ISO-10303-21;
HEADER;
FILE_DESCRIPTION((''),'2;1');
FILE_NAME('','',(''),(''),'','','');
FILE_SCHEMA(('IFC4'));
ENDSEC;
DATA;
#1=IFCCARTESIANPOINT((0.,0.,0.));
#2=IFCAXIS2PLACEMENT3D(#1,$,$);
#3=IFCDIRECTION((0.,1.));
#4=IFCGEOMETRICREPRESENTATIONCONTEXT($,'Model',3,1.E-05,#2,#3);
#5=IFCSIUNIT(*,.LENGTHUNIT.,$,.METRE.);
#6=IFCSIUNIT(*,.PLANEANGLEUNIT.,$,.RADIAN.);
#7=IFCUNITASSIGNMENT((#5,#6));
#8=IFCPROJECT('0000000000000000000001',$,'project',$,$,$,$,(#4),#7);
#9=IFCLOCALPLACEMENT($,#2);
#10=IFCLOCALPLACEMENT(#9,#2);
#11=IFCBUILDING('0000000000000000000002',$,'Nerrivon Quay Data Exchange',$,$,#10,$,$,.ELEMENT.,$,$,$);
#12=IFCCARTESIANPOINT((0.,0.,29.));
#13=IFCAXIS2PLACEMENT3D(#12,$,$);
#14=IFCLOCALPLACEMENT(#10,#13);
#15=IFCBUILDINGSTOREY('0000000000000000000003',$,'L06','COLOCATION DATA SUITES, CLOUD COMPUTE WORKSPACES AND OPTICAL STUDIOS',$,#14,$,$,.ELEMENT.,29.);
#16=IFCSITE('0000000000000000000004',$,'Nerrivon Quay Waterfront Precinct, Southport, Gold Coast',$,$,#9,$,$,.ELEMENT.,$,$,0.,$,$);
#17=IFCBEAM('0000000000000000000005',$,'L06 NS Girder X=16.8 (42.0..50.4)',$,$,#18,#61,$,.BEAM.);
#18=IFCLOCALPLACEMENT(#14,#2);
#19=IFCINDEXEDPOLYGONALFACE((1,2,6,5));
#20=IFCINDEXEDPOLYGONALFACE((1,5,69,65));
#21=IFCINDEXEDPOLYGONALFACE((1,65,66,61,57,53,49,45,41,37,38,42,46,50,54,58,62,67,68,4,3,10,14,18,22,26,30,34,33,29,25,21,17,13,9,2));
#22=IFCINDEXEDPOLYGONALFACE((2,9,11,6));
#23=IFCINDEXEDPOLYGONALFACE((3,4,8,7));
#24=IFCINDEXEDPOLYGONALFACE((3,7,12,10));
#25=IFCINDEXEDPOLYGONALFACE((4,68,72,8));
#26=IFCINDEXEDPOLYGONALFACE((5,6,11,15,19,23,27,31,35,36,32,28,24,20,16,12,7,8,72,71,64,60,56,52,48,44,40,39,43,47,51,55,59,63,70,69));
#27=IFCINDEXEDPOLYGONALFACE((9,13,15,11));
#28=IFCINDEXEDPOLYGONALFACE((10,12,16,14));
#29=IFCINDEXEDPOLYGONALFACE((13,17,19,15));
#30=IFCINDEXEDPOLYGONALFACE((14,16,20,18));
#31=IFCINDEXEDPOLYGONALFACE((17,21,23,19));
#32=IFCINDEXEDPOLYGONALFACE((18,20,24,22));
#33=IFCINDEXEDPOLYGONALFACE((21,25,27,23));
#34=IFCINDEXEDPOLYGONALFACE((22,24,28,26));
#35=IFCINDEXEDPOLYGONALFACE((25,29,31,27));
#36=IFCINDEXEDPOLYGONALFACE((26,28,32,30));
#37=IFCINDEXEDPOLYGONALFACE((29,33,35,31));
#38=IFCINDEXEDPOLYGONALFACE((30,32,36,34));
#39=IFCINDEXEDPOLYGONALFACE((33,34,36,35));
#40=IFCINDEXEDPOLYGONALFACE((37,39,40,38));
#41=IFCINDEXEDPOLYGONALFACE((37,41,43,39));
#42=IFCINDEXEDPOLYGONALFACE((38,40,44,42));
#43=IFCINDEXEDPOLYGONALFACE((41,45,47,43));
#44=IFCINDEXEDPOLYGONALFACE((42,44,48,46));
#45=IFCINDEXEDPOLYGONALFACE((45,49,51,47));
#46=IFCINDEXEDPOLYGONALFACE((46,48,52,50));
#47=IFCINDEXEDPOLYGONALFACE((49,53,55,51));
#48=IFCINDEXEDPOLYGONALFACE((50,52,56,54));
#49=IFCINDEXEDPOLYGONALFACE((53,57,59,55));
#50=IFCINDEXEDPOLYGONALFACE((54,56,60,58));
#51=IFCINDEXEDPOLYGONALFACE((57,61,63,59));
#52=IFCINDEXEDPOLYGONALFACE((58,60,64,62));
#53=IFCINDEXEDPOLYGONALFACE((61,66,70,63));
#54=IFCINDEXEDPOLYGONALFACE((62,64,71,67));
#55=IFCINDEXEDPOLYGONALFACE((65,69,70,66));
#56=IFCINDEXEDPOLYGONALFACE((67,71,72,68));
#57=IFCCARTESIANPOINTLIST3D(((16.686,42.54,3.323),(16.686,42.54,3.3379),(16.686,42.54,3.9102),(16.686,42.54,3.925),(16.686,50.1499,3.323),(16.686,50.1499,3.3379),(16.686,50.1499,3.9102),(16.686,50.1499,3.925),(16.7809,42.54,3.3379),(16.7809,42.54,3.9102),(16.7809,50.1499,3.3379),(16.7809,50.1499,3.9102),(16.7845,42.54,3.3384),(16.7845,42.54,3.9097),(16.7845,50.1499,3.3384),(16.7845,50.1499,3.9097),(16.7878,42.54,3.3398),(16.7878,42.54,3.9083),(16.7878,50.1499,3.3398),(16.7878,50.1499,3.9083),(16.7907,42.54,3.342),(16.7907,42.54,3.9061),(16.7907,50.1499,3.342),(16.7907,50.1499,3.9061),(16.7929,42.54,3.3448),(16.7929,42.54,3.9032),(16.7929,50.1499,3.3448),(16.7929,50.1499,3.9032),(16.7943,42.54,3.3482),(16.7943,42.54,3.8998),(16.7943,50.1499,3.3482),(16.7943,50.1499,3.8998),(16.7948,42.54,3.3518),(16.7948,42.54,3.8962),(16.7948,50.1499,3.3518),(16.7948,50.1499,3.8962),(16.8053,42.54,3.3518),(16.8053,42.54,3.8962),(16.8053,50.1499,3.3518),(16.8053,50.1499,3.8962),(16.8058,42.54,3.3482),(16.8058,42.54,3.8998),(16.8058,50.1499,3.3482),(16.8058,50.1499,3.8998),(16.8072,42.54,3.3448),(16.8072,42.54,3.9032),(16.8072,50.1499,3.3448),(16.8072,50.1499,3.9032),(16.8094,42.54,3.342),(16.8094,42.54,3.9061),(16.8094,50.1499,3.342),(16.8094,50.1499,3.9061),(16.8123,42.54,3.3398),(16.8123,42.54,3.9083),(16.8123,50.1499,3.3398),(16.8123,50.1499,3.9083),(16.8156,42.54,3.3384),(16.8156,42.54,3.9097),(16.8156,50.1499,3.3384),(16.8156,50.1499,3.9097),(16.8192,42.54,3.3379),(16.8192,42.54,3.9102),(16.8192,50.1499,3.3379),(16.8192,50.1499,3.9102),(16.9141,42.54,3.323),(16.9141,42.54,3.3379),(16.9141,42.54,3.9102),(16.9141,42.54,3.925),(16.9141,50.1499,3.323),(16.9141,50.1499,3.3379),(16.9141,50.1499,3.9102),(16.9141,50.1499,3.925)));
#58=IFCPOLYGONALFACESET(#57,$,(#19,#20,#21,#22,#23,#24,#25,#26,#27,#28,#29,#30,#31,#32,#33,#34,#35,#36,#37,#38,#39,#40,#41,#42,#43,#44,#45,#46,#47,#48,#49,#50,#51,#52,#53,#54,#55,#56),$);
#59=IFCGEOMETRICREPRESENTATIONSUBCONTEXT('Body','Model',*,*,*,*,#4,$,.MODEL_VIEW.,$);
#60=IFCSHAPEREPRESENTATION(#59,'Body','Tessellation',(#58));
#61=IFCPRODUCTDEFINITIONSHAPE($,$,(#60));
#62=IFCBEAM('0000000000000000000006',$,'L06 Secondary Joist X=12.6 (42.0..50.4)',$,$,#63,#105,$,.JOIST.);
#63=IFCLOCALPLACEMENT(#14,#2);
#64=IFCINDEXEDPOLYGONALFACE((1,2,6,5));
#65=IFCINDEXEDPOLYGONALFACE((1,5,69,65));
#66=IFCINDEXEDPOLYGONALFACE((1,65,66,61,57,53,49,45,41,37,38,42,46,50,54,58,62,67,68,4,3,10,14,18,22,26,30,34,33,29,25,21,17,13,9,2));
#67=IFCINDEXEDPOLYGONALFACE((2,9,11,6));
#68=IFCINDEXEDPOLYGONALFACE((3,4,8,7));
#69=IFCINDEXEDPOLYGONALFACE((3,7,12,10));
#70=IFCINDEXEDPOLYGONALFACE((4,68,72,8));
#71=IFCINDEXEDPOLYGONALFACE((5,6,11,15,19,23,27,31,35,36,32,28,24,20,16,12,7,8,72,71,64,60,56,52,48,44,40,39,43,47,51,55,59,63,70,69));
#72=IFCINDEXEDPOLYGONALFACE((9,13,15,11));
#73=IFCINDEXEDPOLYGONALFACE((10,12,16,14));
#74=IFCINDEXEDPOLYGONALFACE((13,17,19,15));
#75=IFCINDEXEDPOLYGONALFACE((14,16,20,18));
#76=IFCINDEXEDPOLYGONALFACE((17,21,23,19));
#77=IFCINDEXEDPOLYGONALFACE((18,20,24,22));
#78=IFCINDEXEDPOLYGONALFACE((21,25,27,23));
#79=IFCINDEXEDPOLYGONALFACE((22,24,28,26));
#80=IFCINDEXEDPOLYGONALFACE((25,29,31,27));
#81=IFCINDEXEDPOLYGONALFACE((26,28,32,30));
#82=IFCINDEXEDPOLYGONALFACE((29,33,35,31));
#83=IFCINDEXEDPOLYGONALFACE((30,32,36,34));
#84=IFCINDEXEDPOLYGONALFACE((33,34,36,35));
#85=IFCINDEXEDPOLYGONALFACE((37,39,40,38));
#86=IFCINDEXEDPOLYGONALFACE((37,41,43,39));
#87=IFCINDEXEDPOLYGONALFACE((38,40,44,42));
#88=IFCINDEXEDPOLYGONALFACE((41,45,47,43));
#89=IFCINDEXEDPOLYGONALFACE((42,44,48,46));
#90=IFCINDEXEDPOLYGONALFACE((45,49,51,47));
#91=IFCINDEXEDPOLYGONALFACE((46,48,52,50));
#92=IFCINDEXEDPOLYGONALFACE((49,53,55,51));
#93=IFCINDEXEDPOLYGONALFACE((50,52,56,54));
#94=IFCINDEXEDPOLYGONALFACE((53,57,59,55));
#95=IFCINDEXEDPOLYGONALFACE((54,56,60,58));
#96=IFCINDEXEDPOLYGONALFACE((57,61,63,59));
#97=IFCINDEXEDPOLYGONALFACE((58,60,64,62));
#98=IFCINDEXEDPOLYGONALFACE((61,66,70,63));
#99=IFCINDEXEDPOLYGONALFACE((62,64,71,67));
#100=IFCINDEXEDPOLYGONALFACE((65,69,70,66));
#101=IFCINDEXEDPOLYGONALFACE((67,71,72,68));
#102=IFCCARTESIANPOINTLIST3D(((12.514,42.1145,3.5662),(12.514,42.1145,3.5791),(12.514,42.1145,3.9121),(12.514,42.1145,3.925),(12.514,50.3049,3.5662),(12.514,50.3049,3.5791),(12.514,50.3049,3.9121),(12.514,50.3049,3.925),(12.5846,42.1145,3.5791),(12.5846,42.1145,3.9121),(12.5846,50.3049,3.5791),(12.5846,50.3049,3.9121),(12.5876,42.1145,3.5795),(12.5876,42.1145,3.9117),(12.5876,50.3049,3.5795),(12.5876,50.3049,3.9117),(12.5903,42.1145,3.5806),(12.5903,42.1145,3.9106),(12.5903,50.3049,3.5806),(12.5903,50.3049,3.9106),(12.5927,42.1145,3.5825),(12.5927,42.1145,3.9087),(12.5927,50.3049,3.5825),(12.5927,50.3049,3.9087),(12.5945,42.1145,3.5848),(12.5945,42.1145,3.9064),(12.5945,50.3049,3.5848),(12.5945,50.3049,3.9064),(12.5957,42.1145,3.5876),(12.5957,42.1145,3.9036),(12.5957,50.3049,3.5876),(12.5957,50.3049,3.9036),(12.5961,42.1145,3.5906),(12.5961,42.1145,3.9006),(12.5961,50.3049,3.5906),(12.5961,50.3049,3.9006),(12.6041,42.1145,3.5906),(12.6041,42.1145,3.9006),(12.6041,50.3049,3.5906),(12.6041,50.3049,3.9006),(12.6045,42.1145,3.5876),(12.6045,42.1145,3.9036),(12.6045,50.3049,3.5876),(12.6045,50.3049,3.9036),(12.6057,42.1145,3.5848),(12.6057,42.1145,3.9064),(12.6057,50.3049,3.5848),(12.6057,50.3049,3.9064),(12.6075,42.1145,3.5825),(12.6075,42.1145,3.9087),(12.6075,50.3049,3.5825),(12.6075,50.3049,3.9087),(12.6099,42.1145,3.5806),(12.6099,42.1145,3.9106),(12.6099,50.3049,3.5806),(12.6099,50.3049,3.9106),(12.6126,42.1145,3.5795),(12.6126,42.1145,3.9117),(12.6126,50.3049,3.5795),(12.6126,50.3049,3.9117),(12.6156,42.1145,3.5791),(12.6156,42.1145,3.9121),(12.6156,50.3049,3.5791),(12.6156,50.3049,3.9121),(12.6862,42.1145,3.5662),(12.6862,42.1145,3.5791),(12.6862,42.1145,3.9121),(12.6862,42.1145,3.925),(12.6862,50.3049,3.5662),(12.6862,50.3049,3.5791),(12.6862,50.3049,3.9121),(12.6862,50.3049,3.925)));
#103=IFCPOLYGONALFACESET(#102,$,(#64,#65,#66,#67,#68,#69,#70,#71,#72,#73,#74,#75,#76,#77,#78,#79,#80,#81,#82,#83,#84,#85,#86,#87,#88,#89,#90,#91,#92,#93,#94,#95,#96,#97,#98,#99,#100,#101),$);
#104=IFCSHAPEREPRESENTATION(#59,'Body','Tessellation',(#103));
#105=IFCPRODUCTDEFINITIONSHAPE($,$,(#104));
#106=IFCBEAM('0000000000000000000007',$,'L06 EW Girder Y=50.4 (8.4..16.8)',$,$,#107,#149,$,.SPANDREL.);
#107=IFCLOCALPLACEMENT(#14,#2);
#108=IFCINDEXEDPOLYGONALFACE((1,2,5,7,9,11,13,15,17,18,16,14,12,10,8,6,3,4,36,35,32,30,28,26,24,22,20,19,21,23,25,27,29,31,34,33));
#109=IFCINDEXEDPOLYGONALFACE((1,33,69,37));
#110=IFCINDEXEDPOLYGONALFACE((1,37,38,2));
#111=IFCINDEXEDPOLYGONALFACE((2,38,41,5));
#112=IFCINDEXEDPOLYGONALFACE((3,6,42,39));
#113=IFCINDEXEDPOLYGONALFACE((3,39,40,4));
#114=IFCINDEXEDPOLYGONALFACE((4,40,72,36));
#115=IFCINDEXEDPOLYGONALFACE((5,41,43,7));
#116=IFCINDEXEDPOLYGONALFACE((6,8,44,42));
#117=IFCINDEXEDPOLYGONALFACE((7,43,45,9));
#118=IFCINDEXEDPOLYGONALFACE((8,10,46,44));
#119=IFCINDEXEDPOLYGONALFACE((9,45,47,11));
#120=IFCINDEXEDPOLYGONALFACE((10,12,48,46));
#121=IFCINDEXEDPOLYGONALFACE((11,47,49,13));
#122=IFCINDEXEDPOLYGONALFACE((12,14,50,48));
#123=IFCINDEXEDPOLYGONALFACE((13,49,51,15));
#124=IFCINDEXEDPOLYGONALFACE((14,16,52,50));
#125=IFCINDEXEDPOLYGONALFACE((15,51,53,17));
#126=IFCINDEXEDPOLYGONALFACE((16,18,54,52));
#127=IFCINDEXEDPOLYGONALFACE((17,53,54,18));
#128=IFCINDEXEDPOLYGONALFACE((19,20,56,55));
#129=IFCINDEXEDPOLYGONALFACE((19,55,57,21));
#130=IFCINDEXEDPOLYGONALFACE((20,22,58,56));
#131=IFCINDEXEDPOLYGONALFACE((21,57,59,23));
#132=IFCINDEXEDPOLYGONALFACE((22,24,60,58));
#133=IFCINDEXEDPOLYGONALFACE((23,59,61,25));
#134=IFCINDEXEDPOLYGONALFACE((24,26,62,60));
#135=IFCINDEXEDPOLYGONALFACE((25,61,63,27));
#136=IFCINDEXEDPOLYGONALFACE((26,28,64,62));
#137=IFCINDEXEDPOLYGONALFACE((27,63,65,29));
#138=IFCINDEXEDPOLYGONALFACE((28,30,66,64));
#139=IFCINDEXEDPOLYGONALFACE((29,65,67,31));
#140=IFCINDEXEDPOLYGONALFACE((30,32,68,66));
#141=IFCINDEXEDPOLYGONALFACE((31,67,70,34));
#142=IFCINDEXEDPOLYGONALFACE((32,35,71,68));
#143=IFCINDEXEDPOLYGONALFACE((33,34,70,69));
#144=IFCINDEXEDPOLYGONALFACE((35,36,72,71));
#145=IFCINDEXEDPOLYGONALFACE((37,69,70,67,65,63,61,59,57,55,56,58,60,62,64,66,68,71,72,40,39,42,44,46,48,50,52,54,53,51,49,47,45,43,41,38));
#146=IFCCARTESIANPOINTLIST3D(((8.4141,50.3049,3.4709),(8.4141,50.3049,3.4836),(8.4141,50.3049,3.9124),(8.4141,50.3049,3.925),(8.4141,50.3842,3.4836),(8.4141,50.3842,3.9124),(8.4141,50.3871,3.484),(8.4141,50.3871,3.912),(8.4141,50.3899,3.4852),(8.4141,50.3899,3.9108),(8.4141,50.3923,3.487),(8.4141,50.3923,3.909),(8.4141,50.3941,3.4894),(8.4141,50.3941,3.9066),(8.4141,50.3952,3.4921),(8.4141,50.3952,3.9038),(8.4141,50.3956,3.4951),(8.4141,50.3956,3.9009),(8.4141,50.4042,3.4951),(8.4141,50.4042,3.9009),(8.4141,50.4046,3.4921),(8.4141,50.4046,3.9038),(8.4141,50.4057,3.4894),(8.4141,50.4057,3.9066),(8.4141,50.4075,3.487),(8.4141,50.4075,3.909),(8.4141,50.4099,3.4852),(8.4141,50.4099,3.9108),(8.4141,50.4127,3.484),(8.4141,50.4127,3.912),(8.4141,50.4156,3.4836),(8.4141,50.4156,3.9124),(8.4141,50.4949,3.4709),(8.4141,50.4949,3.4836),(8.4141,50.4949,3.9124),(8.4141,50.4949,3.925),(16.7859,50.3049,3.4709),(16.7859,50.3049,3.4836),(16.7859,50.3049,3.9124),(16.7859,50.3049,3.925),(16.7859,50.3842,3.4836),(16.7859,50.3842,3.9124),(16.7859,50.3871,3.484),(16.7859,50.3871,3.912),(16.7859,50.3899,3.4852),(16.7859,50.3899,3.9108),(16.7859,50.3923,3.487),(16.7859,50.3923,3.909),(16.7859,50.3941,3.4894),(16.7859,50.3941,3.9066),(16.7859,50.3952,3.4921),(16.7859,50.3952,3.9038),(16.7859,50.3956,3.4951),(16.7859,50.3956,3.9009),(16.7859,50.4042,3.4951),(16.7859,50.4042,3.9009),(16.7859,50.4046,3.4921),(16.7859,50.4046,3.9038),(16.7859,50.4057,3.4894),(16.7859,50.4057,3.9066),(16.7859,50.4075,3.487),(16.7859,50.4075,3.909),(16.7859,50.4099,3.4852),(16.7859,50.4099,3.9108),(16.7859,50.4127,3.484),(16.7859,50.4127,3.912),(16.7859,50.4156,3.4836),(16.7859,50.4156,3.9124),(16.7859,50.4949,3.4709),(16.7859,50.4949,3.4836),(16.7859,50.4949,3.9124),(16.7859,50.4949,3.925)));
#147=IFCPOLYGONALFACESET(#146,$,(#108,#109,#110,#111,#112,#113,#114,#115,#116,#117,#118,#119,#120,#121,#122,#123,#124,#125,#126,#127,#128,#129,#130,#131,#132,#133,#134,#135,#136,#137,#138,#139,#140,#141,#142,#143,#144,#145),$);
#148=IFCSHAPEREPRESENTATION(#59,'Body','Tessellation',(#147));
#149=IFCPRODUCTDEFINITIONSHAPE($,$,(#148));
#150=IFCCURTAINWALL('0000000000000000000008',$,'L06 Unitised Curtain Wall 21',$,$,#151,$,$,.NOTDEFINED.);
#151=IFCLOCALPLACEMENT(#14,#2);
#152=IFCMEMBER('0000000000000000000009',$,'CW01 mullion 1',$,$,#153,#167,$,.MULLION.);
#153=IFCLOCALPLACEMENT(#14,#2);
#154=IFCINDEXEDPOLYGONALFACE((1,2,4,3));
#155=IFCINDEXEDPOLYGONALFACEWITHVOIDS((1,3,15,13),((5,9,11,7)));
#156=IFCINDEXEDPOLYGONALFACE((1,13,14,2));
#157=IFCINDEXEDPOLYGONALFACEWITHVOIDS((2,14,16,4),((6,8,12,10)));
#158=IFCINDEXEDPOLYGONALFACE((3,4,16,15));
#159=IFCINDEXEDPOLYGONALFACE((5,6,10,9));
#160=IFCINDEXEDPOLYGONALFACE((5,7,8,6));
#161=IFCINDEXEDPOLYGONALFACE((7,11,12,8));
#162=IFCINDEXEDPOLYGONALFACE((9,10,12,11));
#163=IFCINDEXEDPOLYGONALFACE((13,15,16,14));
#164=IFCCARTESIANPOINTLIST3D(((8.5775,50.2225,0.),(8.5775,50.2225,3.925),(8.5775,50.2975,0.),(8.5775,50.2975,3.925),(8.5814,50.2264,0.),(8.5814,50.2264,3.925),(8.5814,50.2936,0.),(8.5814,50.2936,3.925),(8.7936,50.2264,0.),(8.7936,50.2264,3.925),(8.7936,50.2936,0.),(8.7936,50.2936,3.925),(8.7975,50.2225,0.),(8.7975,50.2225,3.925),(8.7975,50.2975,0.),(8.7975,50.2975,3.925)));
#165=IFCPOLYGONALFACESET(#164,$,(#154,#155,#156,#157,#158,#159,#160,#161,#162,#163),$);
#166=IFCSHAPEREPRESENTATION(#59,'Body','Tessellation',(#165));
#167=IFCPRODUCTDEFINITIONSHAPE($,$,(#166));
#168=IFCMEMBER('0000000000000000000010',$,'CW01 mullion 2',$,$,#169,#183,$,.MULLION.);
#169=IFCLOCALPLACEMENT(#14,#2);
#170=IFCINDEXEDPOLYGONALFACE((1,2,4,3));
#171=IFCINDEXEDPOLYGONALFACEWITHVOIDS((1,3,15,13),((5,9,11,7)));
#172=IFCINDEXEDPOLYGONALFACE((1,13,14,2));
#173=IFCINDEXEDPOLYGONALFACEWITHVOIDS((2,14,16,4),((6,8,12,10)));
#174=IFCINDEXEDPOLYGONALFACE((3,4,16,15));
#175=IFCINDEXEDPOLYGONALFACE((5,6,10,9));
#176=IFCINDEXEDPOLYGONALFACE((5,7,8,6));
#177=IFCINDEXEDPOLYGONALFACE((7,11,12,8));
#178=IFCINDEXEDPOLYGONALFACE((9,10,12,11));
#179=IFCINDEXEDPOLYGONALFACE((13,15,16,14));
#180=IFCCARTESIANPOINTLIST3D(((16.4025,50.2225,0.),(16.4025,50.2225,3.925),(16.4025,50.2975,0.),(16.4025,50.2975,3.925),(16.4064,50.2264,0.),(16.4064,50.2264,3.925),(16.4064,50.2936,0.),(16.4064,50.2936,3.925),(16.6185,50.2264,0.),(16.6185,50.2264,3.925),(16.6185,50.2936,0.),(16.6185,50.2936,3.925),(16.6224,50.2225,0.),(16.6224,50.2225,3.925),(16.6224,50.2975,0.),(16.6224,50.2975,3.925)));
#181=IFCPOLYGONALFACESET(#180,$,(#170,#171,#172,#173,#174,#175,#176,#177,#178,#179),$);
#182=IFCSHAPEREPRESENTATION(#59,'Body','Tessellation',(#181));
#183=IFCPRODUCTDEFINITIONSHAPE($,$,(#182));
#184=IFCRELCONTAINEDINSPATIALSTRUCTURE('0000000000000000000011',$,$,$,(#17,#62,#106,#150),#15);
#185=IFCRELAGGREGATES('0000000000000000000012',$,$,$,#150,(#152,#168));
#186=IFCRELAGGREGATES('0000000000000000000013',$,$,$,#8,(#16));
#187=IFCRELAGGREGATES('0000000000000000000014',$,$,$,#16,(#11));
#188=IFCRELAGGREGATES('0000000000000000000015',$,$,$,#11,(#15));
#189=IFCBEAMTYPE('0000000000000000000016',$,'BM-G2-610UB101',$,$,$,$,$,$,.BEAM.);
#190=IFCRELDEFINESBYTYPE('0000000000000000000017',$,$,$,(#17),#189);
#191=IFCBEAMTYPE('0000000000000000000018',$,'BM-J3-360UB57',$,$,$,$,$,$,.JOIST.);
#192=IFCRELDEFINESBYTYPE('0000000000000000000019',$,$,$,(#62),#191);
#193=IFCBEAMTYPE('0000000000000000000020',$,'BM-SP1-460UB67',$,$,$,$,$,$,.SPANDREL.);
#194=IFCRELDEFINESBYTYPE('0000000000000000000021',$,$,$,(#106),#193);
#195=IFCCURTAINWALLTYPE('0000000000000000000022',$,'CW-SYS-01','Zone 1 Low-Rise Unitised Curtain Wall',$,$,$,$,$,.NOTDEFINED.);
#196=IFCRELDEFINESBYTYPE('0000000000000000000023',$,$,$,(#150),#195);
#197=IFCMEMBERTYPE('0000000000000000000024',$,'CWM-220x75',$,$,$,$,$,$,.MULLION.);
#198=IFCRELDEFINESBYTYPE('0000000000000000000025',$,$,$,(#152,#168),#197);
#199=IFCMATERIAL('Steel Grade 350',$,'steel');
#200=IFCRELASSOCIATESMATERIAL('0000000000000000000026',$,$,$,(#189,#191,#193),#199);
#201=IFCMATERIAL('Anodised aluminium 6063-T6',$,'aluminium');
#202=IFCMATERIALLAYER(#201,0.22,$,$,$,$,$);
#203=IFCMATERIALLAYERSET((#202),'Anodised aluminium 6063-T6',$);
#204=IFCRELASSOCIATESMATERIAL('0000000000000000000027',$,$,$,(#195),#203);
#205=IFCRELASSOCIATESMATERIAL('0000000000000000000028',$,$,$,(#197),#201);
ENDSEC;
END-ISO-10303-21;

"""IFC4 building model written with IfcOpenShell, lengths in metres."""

from ifc_helpers import new_model, si_unit, direction, frame, origin, origin_2d, place, context, subcontext, project, spatial, hollow_rectangle, i_section, extrude, material, layer, layer_set, material_profile, profile_set, type_object, element, aggregate, save


model = new_model("IFC4")

# Units and contexts
model_context = context("Model", 3, precision=1e-05, world=origin(), true_north=direction((0.0, 1.0)))
body_context = subcontext(model_context, "Body", "Model", "MODEL_VIEW")
ifc_project = project(units=[si_unit("LENGTHUNIT", "METRE"), si_unit("PLANEANGLEUNIT", "RADIAN")], contexts=[model_context])

# Site, building, storey
site_placement = place(None, origin())
site = spatial("IfcSite", under=ifc_project, at=site_placement, Name="Nerrivon Quay Waterfront Precinct, Southport, Gold Coast", CompositionType="ELEMENT", RefElevation=0.0)
building_placement = place(site_placement, origin())
building = spatial("IfcBuilding", under=site, at=building_placement, Name="Nerrivon Quay Data Exchange", CompositionType="ELEMENT")
storey_placement = place(building_placement, frame((0.0, 0.0, 29.0)))
storey = spatial("IfcBuildingStorey", under=building, at=storey_placement, Name="L06", Description="COLOCATION DATA SUITES, CLOUD COMPUTE WORKSPACES AND OPTICAL STUDIOS", CompositionType="ELEMENT", Elevation=29.0)

# Shared definitions
ifc_material_1 = material(Name="Steel Grade 350", Category="steel")

# Beams
ifc_material_profile_1 = material_profile(ifc_material_1, i_section(OverallWidth=0.228, OverallDepth=0.6021, WebThickness=0.0105, FlangeThickness=0.0149, FilletRadius=0.0139, at=origin_2d()), Name="610UB101")
ifc_profile_set_1 = profile_set([ifc_material_profile_1], Name="Steel Grade 350")
beam_type_1 = type_object("IfcBeamType", Name="BM-G2-610UB101", PredefinedType="BEAM", material=ifc_profile_set_1)
beam_1_placement = place(storey_placement, frame((16.8, 42.54, 3.624), z_axis=(0.0, 1.0, 0.0), x_axis=(-1.0, 0.0, 0.0)))
element("IfcBeam", 1, at=beam_1_placement, inside=storey, type_object=beam_type_1, Name="L06 NS Girder X=16.8 (42.0..50.4)", PredefinedType="BEAM", context=body_context, shape_type="SweptSolid", body=[
    extrude(i_section(OverallWidth=0.228, OverallDepth=0.6021, WebThickness=0.0105, FlangeThickness=0.0149, FilletRadius=0.0139, at=origin_2d()), origin(), (0.0, 0.0, 1.0), 7.6099),
])
ifc_material_profile_2 = material_profile(ifc_material_1, i_section(OverallWidth=0.1721, OverallDepth=0.3589, WebThickness=0.0081, FlangeThickness=0.0129, FilletRadius=0.0115, at=origin_2d()), Name="360UB56.7")
ifc_profile_set_2 = profile_set([ifc_material_profile_2], Name="Steel Grade 350")
beam_type_2 = type_object("IfcBeamType", Name="BM-J3-360UB57", PredefinedType="JOIST", material=ifc_profile_set_2)
beam_2_placement = place(storey_placement, frame((12.6001, 42.1145, 3.7456), z_axis=(0.0, 1.0, 0.0), x_axis=(-1.0, 0.0, 0.0)))
element("IfcBeam", 2, at=beam_2_placement, inside=storey, type_object=beam_type_2, Name="L06 Secondary Joist X=12.6 (42.0..50.4)", PredefinedType="JOIST", context=body_context, shape_type="SweptSolid", body=[
    extrude(i_section(OverallWidth=0.1721, OverallDepth=0.3589, WebThickness=0.0081, FlangeThickness=0.0129, FilletRadius=0.0115, at=origin_2d()), origin(), (0.0, 0.0, 1.0), 8.1904),
])
ifc_material_profile_3 = material_profile(ifc_material_1, i_section(OverallWidth=0.1899, OverallDepth=0.4541, WebThickness=0.0085, FlangeThickness=0.0127, FilletRadius=0.0115, at=origin_2d()), Name="460UB67.1")
ifc_profile_set_3 = profile_set([ifc_material_profile_3], Name="Steel Grade 350")
beam_type_3 = type_object("IfcBeamType", Name="BM-SP1-460UB67", PredefinedType="SPANDREL", material=ifc_profile_set_3)
beam_3_placement = place(storey_placement, frame((8.4141, 50.3999, 3.698), z_axis=(1.0, 0.0, 0.0), x_axis=(0.0, 1.0, 0.0)))
element("IfcBeam", 3, at=beam_3_placement, inside=storey, type_object=beam_type_3, Name="L06 EW Girder Y=50.4 (8.4..16.8)", PredefinedType="SPANDREL", context=body_context, shape_type="SweptSolid", body=[
    extrude(i_section(OverallWidth=0.1899, OverallDepth=0.4541, WebThickness=0.0085, FlangeThickness=0.0127, FilletRadius=0.0115, at=origin_2d()), origin(), (0.0, 0.0, 1.0), 8.3718),
])

# Curtain wall, members
ifc_material_2 = material(Name="Anodised aluminium 6063-T6", Category="aluminium")
ifc_layer_1 = layer(ifc_material_2, 0.22)
ifc_layer_set_1 = layer_set([ifc_layer_1], Name="Anodised aluminium 6063-T6")
curtain_wall_type = type_object("IfcCurtainWallType", Name="CW-SYS-01", Description="Zone 1 Low-Rise Unitised Curtain Wall", PredefinedType="NOTDEFINED", material=ifc_layer_set_1)
curtain_wall_placement = place(storey_placement, origin())
curtain_wall = element("IfcCurtainWall", 4, at=curtain_wall_placement, inside=storey, type_object=curtain_wall_type, Name="L06 Unitised Curtain Wall 21", PredefinedType="NOTDEFINED")
ifc_material_profile_4 = material_profile(ifc_material_2, hollow_rectangle(XDim=0.075, YDim=0.22, WallThickness=0.0039, at=origin_2d()), Name="ALU-MULL-220x75")
ifc_profile_set_4 = profile_set([ifc_material_profile_4], Name="Anodised aluminium 6063-T6")
member_type_1 = type_object("IfcMemberType", Name="CWM-220x75", PredefinedType="MULLION", material=ifc_profile_set_4)
member_1_placement = place(storey_placement, frame((8.6875, 50.26, 0.0), z_axis=(0.0, 0.0, 1.0), x_axis=(0.0, 1.0, 0.0)))
member_1 = element("IfcMember", 5, at=member_1_placement, type_object=member_type_1, Name="CW01 mullion 1", PredefinedType="MULLION", context=body_context, shape_type="SweptSolid", body=[
    extrude(hollow_rectangle(XDim=0.075, YDim=0.22, WallThickness=0.0039, at=origin_2d()), origin(), (0.0, 0.0, 1.0), 3.925),
])
member_2_placement = place(storey_placement, frame((16.5125, 50.26, 0.0), z_axis=(0.0, 0.0, 1.0), x_axis=(0.0, 1.0, 0.0)))
member_2 = element("IfcMember", 6, at=member_2_placement, type_object=member_type_1, Name="CW01 mullion 2", PredefinedType="MULLION", context=body_context, shape_type="SweptSolid", body=[
    extrude(hollow_rectangle(XDim=0.075, YDim=0.22, WallThickness=0.0039, at=origin_2d()), origin(), (0.0, 0.0, 1.0), 3.925),
])
aggregate(curtain_wall, [member_1, member_2])

save(model, "model.ifc")
